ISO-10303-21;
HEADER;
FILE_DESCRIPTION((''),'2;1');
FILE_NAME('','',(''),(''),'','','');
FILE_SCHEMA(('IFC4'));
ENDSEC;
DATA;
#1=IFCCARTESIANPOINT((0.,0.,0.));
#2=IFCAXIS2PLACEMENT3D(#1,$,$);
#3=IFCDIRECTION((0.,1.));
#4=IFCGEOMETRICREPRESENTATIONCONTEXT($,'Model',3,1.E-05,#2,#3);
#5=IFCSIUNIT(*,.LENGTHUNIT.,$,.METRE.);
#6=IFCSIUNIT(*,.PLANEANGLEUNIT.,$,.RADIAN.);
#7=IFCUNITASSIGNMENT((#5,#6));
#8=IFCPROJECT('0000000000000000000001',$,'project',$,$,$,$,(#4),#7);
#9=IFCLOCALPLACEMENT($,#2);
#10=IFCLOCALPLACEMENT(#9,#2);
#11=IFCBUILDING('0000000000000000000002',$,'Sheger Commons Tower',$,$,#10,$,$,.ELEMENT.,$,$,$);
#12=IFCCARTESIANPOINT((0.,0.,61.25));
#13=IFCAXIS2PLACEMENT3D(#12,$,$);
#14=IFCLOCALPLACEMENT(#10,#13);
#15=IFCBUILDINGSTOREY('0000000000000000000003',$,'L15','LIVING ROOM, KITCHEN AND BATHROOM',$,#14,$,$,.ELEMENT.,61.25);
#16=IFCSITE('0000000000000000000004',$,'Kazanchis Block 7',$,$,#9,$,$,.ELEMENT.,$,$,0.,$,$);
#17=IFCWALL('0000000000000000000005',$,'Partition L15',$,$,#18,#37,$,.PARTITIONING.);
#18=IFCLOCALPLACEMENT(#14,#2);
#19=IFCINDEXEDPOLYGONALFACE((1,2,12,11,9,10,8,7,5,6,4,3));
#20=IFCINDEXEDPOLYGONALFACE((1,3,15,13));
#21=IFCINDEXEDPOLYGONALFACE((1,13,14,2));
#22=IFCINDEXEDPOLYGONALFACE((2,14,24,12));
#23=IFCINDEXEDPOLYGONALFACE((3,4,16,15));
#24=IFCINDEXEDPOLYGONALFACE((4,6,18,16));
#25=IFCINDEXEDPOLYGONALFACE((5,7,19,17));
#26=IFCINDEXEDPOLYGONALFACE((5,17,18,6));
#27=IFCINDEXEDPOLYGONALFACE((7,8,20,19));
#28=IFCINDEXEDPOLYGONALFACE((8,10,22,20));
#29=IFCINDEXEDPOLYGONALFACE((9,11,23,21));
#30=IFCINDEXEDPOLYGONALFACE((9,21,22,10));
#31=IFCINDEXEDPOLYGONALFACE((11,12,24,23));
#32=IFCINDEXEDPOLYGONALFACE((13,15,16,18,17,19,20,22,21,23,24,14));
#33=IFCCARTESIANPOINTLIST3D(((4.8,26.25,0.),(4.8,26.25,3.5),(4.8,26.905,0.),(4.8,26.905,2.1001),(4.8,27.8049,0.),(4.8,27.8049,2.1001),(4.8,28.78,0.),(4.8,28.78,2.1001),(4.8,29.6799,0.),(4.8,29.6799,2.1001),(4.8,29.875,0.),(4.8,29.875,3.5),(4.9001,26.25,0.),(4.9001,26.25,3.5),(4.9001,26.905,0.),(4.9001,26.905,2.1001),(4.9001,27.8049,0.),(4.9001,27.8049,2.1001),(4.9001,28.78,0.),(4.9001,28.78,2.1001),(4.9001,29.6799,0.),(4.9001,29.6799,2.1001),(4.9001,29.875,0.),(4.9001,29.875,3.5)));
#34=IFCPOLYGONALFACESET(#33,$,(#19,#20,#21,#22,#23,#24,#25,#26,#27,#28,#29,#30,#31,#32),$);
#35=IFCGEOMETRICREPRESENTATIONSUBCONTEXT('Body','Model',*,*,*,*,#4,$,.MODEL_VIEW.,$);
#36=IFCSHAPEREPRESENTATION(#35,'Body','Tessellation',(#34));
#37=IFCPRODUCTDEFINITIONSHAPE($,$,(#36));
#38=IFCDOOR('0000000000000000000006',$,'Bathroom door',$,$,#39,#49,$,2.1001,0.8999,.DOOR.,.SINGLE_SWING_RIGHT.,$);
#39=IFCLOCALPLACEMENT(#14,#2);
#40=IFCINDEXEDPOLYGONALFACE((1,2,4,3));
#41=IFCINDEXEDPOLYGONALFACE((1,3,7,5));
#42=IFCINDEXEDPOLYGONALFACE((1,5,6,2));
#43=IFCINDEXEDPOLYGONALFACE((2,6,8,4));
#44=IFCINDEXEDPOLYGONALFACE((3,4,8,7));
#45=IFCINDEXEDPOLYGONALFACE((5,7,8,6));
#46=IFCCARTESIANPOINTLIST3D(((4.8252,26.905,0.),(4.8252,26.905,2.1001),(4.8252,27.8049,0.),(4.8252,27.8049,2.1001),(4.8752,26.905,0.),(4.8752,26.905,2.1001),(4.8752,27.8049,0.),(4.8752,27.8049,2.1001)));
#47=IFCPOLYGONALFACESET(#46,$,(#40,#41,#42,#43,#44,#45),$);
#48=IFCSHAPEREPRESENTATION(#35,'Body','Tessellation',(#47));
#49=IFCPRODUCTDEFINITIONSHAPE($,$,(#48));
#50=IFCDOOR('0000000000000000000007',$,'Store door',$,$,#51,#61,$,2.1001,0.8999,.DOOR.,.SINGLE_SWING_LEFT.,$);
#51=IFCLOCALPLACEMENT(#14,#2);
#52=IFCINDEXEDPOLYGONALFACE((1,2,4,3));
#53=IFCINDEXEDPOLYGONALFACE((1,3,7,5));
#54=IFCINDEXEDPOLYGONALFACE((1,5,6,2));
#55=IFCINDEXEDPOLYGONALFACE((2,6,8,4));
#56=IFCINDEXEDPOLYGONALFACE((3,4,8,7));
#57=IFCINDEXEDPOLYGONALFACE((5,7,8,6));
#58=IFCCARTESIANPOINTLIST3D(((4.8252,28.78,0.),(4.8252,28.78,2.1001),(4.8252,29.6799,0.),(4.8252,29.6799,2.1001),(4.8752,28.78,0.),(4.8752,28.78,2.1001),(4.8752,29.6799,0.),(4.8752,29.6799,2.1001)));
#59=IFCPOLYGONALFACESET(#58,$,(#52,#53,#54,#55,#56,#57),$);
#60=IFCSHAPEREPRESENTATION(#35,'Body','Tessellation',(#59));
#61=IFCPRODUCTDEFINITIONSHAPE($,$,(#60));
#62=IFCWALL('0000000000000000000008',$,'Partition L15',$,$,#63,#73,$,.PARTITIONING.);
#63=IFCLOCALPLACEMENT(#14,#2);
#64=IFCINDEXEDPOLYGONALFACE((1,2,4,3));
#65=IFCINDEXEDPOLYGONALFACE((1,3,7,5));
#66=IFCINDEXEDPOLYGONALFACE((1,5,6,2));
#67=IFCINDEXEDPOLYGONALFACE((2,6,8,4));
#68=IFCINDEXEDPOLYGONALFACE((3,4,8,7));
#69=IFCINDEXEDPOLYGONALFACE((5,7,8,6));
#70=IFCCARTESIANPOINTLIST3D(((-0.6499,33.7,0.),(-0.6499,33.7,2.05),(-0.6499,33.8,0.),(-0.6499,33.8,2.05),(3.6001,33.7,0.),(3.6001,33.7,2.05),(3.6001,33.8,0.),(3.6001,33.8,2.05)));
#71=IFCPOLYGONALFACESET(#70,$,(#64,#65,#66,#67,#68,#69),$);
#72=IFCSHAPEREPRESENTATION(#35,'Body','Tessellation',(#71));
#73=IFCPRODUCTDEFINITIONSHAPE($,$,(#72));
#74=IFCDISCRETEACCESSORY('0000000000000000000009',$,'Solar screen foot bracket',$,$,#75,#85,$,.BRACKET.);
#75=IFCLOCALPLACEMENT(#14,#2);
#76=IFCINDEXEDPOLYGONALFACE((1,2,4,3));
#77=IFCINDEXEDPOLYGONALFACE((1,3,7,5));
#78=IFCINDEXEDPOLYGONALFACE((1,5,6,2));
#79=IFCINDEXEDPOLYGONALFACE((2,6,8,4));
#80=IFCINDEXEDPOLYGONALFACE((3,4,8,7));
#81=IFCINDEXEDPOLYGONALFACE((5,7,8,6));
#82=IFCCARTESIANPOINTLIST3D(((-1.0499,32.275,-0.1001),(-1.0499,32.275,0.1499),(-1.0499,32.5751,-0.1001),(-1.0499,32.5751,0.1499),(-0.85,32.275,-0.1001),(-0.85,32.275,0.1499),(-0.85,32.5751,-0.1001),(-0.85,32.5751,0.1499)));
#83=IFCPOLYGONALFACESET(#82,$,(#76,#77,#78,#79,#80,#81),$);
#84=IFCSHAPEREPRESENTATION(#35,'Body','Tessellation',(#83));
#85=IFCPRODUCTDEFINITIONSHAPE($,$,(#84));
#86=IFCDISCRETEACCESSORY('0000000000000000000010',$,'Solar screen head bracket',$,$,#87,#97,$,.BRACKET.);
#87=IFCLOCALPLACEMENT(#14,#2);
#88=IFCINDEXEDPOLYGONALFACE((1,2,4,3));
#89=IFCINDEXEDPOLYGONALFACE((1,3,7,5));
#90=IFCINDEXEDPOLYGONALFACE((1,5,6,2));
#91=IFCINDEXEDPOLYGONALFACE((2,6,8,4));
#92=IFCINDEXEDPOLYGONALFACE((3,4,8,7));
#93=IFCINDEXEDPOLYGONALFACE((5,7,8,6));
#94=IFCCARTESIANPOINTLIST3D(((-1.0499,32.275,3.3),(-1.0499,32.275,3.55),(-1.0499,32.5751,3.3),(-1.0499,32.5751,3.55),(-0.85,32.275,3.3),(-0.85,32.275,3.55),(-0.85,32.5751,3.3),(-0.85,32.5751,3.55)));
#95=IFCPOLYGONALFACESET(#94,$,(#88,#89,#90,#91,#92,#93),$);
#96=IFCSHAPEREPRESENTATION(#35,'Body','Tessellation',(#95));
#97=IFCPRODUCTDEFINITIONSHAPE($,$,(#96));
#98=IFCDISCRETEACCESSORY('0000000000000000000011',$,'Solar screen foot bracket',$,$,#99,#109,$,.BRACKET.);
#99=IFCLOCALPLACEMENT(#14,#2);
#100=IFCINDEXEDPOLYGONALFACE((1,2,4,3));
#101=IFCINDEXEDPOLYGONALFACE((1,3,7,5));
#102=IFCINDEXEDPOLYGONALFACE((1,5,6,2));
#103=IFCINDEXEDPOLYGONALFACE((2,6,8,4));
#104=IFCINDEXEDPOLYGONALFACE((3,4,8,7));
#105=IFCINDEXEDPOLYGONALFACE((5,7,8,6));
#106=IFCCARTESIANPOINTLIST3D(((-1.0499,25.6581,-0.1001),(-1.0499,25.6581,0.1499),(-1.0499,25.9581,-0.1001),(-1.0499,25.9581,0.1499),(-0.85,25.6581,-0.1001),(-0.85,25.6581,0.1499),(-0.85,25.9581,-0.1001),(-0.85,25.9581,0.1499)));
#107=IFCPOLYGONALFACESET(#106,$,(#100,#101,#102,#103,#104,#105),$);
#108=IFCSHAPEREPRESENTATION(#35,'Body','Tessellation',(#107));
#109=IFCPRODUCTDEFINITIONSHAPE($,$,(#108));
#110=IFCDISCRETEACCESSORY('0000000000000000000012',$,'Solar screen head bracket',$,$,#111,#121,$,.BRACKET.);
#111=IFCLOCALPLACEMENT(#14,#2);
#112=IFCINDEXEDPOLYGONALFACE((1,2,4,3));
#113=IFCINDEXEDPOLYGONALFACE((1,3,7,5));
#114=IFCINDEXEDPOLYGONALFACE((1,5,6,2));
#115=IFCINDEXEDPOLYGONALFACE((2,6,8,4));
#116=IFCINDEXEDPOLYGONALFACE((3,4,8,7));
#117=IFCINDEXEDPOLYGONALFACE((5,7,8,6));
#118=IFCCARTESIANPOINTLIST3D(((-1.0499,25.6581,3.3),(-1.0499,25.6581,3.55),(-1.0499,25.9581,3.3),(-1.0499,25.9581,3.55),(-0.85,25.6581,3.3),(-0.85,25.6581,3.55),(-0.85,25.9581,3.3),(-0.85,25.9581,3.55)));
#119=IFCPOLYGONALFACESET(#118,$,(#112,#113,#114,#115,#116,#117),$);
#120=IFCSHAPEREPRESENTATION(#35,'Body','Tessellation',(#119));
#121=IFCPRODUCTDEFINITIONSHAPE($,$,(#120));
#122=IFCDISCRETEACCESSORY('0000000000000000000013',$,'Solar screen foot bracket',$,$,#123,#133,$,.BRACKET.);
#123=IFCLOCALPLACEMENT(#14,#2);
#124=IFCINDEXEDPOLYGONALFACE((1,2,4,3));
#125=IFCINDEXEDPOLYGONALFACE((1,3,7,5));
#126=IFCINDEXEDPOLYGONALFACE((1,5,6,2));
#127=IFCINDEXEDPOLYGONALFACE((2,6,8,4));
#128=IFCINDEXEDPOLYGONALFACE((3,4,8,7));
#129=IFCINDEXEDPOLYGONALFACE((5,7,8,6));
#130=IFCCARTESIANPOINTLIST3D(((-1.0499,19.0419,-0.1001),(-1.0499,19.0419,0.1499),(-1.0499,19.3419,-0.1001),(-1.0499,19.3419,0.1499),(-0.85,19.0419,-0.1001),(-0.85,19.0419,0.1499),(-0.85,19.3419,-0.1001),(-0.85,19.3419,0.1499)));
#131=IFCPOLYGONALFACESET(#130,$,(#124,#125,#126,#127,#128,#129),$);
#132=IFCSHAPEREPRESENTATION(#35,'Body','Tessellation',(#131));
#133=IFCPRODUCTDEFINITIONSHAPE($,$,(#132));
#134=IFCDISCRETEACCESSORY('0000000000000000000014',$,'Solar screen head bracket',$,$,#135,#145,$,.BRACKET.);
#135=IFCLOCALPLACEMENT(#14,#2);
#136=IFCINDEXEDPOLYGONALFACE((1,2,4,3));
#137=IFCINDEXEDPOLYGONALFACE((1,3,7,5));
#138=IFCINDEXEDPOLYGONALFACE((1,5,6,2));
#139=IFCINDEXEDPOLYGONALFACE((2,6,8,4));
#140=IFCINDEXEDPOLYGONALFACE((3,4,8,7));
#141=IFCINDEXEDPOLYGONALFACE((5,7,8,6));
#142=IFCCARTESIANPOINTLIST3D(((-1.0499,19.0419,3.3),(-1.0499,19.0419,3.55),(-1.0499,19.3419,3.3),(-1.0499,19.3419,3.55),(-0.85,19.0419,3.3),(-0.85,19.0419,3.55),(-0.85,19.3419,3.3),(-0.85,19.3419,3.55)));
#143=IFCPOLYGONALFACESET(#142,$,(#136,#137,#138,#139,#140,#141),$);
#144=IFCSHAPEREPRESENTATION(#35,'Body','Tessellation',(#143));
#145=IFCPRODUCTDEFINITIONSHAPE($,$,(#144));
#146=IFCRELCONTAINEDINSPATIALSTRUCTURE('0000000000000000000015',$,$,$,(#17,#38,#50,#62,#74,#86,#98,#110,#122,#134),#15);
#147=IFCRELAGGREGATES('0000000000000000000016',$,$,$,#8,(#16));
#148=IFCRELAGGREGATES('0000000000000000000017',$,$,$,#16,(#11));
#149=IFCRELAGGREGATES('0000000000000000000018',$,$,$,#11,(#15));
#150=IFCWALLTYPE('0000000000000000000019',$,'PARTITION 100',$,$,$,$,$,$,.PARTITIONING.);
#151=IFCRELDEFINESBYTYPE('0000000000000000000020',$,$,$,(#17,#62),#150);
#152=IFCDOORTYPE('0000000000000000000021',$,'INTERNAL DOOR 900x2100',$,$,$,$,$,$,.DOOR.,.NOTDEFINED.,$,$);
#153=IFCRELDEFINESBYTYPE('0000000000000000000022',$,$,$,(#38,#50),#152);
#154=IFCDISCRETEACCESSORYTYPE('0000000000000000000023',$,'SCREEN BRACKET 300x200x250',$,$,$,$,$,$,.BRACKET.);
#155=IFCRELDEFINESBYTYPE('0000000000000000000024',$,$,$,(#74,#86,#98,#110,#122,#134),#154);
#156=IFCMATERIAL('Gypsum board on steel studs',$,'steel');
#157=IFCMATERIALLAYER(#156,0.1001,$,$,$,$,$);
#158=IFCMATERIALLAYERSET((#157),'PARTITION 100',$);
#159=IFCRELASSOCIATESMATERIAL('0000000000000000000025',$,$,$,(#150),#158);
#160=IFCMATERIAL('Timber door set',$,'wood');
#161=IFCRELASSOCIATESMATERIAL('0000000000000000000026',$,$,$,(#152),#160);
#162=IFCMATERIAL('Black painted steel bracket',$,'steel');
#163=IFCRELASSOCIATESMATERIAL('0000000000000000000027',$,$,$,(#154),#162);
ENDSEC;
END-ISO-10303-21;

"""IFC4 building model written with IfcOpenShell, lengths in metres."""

from ifc_helpers import new_model, si_unit, direction, frame, frame_2d, origin, origin_2d, place, context, subcontext, project, spatial, rectangle, extrude, material, layer, layer_set, type_object, element, fill, save


model = new_model("IFC4")

# Units and contexts
model_context = context("Model", 3, precision=1e-05, world=origin(), true_north=direction((0.0, 1.0)))
body_context = subcontext(model_context, "Body", "Model", "MODEL_VIEW")
ifc_project = project(units=[si_unit("LENGTHUNIT", "METRE"), si_unit("PLANEANGLEUNIT", "RADIAN")], contexts=[model_context])

# Site, building, storey
site_placement = place(None, origin())
site = spatial("IfcSite", under=ifc_project, at=site_placement, Name="Kazanchis Block 7", CompositionType="ELEMENT", RefElevation=0.0)
building_placement = place(site_placement, origin())
building = spatial("IfcBuilding", under=site, at=building_placement, Name="Sheger Commons Tower", CompositionType="ELEMENT")
storey_placement = place(building_placement, frame((0.0, 0.0, 61.25)))
storey = spatial("IfcBuildingStorey", under=building, at=storey_placement, Name="L15", Description="LIVING ROOM, KITCHEN AND BATHROOM", CompositionType="ELEMENT", Elevation=61.25)

# Shared definitions
ifc_material_1 = material(Name="Gypsum board on steel studs", Category="steel")
ifc_layer_1 = layer(ifc_material_1, 0.1001)
ifc_layer_set_1 = layer_set([ifc_layer_1], Name="PARTITION 100")
wall_type_1 = type_object("IfcWallType", Name="PARTITION 100", PredefinedType="PARTITIONING", material=ifc_layer_set_1)
ifc_material_2 = material(Name="Timber door set", Category="wood")
door_type = type_object("IfcDoorType", Name="INTERNAL DOOR 900x2100", OperationType="NOTDEFINED", PredefinedType="DOOR", material=ifc_material_2)

# Wall, openings, doors
wall_1_placement = place(storey_placement, frame((4.8501, 26.25, 0.0), z_axis=(0.0, 0.0, 1.0), x_axis=(0.0, 1.0, 0.0)))
wall_1 = element("IfcWall", 1, at=wall_1_placement, inside=storey, type_object=wall_type_1, Name="Partition L15", PredefinedType="PARTITIONING", context=body_context, shape_type="SweptSolid", body=[
    extrude(rectangle(XDim=3.625, YDim=0.1001, at=frame_2d((1.8125, 0.0))), origin(), (0.0, 0.0, 1.0), 3.5),
])
opening_1_placement = place(wall_1_placement, frame((0.655, 0.0, 0.0)))
opening_1 = element("IfcOpeningElement", 2, at=opening_1_placement, cuts=wall_1, PredefinedType="OPENING", context=body_context, shape_type="SweptSolid", body=[
    extrude(rectangle(XDim=0.8999, YDim=2.1001, at=frame_2d((0.45, 1.05))), frame((0.0, 0.0601, 0.0), z_axis=(0.0, -1.0, 0.0), x_axis=(1.0, 0.0, 0.0)), (0.0, 0.0, 1.0), 0.1201),
])
opening_2_placement = place(wall_1_placement, frame((2.53, 0.0, 0.0)))
opening_2 = element("IfcOpeningElement", 3, at=opening_2_placement, cuts=wall_1, PredefinedType="OPENING", context=body_context, shape_type="SweptSolid", body=[
    extrude(rectangle(XDim=0.8999, YDim=2.1001, at=frame_2d((0.45, 1.05))), frame((0.0, 0.0601, 0.0), z_axis=(0.0, -1.0, 0.0), x_axis=(1.0, 0.0, 0.0)), (0.0, 0.0, 1.0), 0.1201),
])
door_1_placement = place(opening_1_placement, origin())
door_1 = element("IfcDoor", 4, at=door_1_placement, inside=storey, type_object=door_type, Name="Bathroom door", OperationType="SINGLE_SWING_RIGHT", OverallHeight=2.1001, OverallWidth=0.8999, PredefinedType="DOOR", context=body_context, shape_type="SweptSolid", body=[
    extrude(rectangle(XDim=0.8999, YDim=2.1001, at=frame_2d((0.45, 1.05))), frame((0.0, 0.0249, 0.0), z_axis=(0.0, -1.0, 0.0), x_axis=(1.0, 0.0, 0.0)), (0.0, 0.0, 1.0), 0.05),
])
fill(opening_1, door_1)
door_2_placement = place(opening_2_placement, origin())
door_2 = element("IfcDoor", 5, at=door_2_placement, inside=storey, type_object=door_type, Name="Store door", OperationType="SINGLE_SWING_LEFT", OverallHeight=2.1001, OverallWidth=0.8999, PredefinedType="DOOR", context=body_context, shape_type="SweptSolid", body=[
    extrude(rectangle(XDim=0.8999, YDim=2.1001, at=frame_2d((0.45, 1.05))), frame((0.0, 0.0249, 0.0), z_axis=(0.0, -1.0, 0.0), x_axis=(1.0, 0.0, 0.0)), (0.0, 0.0, 1.0), 0.05),
])
fill(opening_2, door_2)

# Wall
wall_2_placement = place(storey_placement, frame((-0.6499, 33.75, 0.0), z_axis=(0.0, 0.0, 1.0), x_axis=(1.0, 0.0, 0.0)))
element("IfcWall", 6, at=wall_2_placement, inside=storey, type_object=wall_type_1, Name="Partition L15", PredefinedType="PARTITIONING", context=body_context, shape_type="SweptSolid", body=[
    extrude(rectangle(XDim=4.25, YDim=0.1001, at=frame_2d((2.125, 0.0))), origin(), (0.0, 0.0, 1.0), 2.05),
])

# Discrete accessories
ifc_material_3 = material(Name="Black painted steel bracket", Category="steel")
discrete_accessory_type = type_object("IfcDiscreteAccessoryType", Name="SCREEN BRACKET 300x200x250", PredefinedType="BRACKET", material=ifc_material_3)
for number, where, z_axis, x_axis, name in (
    (7, (-0.95, 32.425, -0.1001), (0.0, 0.0, 1.0), (0.0, -1.0, 0.0), "Solar screen foot bracket"),
    (8, (-0.95, 32.425, 3.3), (0.0, 0.0, 1.0), (0.0, -1.0, 0.0), "Solar screen head bracket"),
    (9, (-0.95, 25.8081, -0.1001), (0.0, 0.0, 1.0), (0.0, -1.0, 0.0), "Solar screen foot bracket"),
    (10, (-0.95, 25.8081, 3.3), (0.0, 0.0, 1.0), (0.0, -1.0, 0.0), "Solar screen head bracket"),
    (11, (-0.95, 19.1919, -0.1001), (0.0, 0.0, 1.0), (0.0, -1.0, 0.0), "Solar screen foot bracket"),
    (12, (-0.95, 19.1919, 3.3), (0.0, 0.0, 1.0), (0.0, -1.0, 0.0), "Solar screen head bracket"),
):
    element("IfcDiscreteAccessory", number, at=place(storey_placement, frame(where, z_axis=z_axis, x_axis=x_axis)), inside=storey, type_object=discrete_accessory_type, Name=name, PredefinedType="BRACKET", context=body_context, shape_type="SweptSolid", body=[
        extrude(rectangle(XDim=0.3, YDim=0.2, at=origin_2d()), origin(), (0.0, 0.0, 1.0), 0.25),
    ])

save(model, "model.ifc")
